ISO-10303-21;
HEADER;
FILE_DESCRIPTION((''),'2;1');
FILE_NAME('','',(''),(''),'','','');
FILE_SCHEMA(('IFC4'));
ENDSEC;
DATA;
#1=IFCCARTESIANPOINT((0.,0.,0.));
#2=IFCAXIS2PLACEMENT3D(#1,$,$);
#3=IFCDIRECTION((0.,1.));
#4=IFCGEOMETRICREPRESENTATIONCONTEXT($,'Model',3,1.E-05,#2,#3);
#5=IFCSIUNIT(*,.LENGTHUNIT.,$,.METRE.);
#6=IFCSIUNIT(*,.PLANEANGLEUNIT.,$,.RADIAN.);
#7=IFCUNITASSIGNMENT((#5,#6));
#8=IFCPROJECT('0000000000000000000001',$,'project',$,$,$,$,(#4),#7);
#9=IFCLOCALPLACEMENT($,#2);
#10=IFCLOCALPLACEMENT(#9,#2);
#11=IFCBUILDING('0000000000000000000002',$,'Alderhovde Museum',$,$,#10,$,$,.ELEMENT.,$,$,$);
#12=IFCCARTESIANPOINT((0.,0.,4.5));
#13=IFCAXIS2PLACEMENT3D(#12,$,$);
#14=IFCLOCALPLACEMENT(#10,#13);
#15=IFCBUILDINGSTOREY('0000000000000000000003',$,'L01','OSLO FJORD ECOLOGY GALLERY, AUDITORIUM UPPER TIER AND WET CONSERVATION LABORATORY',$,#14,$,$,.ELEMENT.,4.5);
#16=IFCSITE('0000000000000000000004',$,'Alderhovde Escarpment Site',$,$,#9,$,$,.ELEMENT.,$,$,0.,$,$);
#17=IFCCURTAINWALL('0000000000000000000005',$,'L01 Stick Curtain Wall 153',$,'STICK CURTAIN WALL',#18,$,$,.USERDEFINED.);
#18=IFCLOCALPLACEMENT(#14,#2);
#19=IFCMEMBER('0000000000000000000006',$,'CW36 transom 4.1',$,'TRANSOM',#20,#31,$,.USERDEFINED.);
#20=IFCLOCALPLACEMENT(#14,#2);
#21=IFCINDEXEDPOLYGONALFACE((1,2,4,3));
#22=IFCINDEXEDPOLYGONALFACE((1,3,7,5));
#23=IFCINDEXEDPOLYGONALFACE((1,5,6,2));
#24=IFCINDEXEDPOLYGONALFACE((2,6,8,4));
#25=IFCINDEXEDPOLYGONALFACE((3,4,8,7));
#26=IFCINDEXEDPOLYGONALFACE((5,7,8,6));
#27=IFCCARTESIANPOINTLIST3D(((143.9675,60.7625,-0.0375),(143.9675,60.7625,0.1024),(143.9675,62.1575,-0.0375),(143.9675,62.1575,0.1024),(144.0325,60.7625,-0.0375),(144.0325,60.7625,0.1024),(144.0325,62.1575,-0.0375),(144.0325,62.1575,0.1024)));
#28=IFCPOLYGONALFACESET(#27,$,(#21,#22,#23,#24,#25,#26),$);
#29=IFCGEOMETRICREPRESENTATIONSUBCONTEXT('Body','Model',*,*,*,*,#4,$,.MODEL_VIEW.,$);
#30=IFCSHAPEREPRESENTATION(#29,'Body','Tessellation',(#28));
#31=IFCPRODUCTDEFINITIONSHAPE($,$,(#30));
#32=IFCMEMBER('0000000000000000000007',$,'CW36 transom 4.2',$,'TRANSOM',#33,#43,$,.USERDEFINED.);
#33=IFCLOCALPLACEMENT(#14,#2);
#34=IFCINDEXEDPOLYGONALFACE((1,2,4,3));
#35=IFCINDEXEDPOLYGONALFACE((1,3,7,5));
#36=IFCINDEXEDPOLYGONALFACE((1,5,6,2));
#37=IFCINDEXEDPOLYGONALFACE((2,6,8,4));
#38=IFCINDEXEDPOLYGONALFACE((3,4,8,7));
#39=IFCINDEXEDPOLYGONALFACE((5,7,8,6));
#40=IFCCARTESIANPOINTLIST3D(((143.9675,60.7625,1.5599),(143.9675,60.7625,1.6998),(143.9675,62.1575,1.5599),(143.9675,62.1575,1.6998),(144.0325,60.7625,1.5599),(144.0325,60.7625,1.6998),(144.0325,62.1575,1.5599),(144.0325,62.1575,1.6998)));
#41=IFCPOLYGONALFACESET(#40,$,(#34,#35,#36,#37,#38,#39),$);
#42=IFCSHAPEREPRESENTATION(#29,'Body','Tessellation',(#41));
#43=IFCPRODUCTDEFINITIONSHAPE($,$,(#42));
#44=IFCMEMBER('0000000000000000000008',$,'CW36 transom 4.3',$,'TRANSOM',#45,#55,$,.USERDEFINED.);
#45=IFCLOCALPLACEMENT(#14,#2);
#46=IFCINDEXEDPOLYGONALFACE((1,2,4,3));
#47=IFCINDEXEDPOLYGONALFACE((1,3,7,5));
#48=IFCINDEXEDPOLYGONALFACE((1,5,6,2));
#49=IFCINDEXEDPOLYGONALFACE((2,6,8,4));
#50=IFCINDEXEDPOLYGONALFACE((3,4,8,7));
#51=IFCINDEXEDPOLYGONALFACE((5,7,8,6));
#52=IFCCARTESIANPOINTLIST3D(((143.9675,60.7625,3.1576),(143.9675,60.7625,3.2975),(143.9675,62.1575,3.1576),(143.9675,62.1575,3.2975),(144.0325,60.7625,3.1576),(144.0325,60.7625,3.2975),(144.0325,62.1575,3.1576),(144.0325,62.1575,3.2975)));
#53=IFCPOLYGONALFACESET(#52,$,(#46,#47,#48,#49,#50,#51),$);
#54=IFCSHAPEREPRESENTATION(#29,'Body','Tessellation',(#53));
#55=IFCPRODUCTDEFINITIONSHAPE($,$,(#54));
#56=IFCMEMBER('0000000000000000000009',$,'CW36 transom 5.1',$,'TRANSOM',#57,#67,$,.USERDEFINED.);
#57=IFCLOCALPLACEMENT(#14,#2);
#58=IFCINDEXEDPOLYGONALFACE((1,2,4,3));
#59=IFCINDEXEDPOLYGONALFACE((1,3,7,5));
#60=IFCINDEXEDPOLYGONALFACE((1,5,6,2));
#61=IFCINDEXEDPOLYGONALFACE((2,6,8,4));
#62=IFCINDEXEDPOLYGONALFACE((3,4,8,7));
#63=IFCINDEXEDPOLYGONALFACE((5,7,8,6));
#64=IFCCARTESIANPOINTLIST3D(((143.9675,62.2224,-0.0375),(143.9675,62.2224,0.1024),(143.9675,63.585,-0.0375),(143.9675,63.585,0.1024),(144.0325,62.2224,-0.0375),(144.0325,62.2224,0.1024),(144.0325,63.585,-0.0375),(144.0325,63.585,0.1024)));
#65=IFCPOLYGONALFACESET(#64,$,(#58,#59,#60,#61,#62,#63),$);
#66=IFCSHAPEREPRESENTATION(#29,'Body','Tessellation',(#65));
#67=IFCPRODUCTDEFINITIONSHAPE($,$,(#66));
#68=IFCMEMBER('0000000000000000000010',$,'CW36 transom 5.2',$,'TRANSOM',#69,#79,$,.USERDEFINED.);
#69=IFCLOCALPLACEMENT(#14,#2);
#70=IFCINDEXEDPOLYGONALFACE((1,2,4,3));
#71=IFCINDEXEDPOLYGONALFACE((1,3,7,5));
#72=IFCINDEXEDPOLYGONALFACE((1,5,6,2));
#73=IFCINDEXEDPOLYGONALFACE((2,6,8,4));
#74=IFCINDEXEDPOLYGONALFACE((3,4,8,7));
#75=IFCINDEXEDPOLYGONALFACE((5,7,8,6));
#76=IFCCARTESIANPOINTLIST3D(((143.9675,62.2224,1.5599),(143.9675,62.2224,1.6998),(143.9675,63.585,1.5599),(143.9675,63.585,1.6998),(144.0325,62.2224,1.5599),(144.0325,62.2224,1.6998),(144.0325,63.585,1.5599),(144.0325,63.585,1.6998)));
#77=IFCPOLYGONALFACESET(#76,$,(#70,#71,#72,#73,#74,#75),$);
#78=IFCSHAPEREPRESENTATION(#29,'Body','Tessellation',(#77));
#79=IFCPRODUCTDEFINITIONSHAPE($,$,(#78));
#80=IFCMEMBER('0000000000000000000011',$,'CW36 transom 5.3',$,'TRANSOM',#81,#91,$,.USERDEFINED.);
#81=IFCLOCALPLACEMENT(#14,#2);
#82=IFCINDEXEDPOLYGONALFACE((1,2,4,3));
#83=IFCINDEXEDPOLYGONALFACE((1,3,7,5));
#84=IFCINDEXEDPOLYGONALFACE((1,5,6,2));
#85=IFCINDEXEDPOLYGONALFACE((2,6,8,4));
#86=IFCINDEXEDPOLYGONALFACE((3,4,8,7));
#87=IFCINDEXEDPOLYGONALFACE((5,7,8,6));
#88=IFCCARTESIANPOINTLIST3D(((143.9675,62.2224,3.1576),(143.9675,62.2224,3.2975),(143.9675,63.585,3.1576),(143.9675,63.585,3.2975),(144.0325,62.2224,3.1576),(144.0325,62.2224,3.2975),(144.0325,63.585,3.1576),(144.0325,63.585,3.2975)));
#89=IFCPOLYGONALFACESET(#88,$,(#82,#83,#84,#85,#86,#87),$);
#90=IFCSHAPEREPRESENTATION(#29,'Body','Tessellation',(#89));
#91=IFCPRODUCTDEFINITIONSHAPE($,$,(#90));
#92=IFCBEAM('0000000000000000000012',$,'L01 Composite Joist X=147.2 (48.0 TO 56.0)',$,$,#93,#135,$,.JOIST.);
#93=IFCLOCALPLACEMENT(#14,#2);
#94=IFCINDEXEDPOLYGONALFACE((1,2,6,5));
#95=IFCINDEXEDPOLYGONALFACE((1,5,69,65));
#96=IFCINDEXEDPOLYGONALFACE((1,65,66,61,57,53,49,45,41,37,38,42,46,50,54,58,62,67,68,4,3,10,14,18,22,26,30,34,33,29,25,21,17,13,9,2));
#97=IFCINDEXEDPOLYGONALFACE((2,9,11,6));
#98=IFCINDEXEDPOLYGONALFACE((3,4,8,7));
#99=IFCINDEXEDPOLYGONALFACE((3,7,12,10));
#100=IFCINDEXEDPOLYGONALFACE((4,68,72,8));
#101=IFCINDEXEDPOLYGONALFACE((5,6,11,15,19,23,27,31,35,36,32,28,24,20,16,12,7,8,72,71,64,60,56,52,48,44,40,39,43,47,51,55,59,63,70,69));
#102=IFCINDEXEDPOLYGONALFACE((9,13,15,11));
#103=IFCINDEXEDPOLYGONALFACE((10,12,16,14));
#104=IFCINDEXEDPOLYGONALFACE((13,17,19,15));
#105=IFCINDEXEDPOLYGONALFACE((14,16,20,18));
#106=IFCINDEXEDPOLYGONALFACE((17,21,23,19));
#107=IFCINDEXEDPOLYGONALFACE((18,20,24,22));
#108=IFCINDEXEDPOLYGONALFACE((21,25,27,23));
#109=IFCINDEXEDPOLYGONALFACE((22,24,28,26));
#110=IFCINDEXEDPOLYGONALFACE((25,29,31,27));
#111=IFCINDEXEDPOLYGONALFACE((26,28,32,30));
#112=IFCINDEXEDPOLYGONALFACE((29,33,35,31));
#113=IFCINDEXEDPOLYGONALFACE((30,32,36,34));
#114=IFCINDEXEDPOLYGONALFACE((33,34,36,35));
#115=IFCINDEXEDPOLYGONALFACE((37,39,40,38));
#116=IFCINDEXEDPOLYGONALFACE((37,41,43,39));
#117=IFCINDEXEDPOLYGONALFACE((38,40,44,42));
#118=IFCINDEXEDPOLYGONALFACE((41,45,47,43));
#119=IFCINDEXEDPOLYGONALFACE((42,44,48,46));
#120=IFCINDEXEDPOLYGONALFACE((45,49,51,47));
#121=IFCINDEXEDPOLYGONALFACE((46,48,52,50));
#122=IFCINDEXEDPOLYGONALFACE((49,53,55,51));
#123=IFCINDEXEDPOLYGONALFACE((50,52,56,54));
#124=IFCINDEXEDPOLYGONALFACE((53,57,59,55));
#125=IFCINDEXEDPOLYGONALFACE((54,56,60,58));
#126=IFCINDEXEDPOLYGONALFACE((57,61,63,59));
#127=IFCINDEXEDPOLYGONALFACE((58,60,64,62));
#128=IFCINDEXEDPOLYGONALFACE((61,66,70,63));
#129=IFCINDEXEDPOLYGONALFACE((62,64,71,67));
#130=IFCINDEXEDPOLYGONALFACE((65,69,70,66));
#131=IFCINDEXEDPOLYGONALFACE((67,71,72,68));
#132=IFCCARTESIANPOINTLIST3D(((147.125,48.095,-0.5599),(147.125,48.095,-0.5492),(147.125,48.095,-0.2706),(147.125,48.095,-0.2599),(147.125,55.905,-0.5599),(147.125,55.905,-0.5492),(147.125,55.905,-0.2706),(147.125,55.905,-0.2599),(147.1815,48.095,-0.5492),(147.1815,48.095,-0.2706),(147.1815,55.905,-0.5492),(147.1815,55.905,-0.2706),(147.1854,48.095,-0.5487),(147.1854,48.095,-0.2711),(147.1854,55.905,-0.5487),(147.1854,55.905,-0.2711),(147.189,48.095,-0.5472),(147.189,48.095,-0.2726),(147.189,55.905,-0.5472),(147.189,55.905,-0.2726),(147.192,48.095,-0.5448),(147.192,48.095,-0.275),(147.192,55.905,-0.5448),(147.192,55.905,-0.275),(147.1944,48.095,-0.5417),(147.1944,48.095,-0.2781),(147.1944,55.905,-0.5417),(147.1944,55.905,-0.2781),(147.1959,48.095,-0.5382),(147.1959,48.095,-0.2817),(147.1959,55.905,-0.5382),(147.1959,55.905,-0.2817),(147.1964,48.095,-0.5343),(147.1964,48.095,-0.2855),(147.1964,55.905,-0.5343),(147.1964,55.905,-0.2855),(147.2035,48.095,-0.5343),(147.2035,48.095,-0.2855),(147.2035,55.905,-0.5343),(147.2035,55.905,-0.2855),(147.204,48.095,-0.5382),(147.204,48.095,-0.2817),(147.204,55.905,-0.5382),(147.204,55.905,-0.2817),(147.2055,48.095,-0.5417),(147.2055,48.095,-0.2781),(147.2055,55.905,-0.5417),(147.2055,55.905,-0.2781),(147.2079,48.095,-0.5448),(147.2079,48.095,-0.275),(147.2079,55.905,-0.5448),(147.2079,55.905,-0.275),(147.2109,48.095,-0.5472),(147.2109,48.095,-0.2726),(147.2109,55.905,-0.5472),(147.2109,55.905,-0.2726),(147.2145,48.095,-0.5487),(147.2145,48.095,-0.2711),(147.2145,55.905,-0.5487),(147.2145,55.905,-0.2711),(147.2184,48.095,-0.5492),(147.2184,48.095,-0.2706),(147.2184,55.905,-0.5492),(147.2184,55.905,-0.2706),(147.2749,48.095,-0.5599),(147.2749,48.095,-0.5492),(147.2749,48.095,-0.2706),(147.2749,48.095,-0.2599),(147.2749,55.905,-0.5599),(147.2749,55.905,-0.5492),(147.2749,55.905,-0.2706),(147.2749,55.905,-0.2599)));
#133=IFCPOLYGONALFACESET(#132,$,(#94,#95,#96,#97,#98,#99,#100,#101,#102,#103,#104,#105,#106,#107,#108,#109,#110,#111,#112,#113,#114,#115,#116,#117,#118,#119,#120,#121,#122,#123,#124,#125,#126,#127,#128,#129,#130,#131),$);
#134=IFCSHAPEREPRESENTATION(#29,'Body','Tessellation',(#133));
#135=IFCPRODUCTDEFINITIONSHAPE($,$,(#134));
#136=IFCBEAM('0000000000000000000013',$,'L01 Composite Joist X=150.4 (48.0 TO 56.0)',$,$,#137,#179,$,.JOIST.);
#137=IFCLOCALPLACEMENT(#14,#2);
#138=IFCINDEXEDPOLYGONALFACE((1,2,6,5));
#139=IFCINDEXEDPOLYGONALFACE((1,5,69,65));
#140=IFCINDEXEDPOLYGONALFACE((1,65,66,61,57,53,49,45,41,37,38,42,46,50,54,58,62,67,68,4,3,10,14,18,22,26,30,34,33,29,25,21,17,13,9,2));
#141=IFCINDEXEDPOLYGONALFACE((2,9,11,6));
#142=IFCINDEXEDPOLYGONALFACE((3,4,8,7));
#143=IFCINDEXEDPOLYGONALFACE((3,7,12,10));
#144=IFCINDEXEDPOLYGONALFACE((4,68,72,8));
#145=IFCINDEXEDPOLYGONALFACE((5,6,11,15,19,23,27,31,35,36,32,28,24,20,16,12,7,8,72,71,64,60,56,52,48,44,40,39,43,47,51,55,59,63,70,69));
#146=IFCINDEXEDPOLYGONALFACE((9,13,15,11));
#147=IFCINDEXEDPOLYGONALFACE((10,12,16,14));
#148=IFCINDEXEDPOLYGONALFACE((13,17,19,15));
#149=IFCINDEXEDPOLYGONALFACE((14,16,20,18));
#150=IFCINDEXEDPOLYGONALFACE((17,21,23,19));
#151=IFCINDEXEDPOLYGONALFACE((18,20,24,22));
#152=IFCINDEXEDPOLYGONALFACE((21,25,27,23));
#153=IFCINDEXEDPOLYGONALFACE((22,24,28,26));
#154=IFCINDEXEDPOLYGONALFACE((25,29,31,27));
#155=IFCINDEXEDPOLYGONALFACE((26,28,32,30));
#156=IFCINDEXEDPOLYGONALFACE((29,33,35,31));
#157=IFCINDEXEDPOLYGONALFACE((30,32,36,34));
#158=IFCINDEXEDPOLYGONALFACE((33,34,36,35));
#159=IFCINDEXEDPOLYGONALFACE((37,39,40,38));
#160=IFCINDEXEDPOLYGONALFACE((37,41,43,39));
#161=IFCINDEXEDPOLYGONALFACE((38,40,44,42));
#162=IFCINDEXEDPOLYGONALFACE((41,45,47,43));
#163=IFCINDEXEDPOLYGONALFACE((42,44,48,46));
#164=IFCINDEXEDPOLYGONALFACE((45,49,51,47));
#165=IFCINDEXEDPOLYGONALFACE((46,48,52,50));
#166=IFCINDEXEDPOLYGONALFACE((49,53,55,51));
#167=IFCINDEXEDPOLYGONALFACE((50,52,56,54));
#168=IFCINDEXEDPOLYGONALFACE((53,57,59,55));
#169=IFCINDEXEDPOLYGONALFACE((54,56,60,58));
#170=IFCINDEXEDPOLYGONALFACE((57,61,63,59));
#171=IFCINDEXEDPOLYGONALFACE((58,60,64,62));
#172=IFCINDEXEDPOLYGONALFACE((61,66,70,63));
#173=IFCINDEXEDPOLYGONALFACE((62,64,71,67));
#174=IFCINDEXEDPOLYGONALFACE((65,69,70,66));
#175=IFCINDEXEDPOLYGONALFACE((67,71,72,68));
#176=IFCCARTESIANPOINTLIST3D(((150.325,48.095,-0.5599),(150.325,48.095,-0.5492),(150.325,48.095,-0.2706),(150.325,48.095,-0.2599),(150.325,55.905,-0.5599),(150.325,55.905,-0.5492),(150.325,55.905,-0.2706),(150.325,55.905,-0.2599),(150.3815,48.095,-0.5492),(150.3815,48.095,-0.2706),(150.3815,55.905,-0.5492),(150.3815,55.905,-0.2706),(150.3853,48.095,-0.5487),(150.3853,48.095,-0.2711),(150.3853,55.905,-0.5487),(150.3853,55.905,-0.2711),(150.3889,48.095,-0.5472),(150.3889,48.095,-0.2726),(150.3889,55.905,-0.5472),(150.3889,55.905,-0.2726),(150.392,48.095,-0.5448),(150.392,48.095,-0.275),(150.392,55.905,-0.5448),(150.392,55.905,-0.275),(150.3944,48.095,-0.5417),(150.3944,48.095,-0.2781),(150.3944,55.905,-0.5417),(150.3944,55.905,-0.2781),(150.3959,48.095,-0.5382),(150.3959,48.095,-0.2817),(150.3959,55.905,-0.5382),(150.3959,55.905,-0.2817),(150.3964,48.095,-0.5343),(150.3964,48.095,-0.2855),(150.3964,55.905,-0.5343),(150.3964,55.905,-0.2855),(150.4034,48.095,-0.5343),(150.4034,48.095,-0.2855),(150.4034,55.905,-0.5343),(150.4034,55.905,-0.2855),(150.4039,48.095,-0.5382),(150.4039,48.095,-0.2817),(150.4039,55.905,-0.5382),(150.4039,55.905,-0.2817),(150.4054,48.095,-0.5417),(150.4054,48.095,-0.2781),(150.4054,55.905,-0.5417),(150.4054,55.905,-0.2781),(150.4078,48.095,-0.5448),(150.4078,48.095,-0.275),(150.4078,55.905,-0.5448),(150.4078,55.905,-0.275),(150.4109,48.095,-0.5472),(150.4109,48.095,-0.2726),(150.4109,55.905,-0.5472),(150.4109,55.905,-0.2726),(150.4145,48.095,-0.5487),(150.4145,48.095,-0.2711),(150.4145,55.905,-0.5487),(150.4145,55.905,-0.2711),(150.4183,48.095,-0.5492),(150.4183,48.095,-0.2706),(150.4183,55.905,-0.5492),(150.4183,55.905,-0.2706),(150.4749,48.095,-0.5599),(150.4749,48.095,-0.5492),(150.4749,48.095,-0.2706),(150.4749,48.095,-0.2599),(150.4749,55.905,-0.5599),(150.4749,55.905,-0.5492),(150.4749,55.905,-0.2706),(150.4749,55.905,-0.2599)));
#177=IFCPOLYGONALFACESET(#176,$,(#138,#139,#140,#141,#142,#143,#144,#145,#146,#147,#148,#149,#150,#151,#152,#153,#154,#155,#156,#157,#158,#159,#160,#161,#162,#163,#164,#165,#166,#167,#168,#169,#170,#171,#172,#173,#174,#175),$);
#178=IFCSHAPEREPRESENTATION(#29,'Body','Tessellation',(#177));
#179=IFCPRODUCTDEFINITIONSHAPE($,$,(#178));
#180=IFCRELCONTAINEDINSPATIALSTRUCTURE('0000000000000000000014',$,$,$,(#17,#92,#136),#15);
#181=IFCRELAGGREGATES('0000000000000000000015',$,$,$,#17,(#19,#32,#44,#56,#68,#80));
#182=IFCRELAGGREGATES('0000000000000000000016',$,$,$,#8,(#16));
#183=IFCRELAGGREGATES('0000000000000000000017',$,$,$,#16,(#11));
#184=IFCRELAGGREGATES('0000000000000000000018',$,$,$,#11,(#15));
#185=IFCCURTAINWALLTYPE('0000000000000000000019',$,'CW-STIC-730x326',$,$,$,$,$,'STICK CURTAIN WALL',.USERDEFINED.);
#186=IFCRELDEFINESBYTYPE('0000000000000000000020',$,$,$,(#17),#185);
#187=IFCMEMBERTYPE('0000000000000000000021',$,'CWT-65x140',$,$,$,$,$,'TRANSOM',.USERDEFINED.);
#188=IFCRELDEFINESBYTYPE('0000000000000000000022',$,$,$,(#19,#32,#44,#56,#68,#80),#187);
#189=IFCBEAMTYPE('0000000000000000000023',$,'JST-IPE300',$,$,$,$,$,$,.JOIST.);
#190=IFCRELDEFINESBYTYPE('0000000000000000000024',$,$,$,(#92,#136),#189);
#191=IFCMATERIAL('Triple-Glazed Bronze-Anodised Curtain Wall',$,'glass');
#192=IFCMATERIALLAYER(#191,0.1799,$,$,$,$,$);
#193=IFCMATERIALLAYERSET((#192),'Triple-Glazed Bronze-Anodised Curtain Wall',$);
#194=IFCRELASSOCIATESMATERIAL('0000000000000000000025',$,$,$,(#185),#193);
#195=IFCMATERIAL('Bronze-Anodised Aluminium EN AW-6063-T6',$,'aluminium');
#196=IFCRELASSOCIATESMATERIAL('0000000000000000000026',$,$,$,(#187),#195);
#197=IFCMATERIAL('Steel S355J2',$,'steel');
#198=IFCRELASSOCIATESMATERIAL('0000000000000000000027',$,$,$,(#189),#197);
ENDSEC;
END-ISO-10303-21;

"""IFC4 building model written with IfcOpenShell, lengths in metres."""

from ifc_helpers import new_model, si_unit, direction, frame, origin, origin_2d, place, context, subcontext, project, spatial, rectangle, i_section, extrude, material, layer, layer_set, material_profile, profile_set, type_object, element, aggregate, save


model = new_model("IFC4")

# Units and contexts
model_context = context("Model", 3, precision=1e-05, world=origin(), true_north=direction((0.0, 1.0)))
body_context = subcontext(model_context, "Body", "Model", "MODEL_VIEW")
ifc_project = project(units=[si_unit("LENGTHUNIT", "METRE"), si_unit("PLANEANGLEUNIT", "RADIAN")], contexts=[model_context])

# Site, building, storey
site_placement = place(None, origin())
site = spatial("IfcSite", under=ifc_project, at=site_placement, Name="Alderhovde Escarpment Site", CompositionType="ELEMENT", RefElevation=0.0)
building_placement = place(site_placement, origin())
building = spatial("IfcBuilding", under=site, at=building_placement, Name="Alderhovde Museum", CompositionType="ELEMENT")
storey_placement = place(building_placement, frame((0.0, 0.0, 4.5)))
storey = spatial("IfcBuildingStorey", under=building, at=storey_placement, Name="L01", Description="OSLO FJORD ECOLOGY GALLERY, AUDITORIUM UPPER TIER AND WET CONSERVATION LABORATORY", CompositionType="ELEMENT", Elevation=4.5)

# Curtain wall, members
ifc_material_1 = material(Name="Triple-Glazed Bronze-Anodised Curtain Wall", Category="glass")
ifc_layer_1 = layer(ifc_material_1, 0.1799)
ifc_layer_set_1 = layer_set([ifc_layer_1], Name="Triple-Glazed Bronze-Anodised Curtain Wall")
curtain_wall_type = type_object("IfcCurtainWallType", Name="CW-STIC-730x326", ElementType="STICK CURTAIN WALL", PredefinedType="USERDEFINED", material=ifc_layer_set_1)
curtain_wall_placement = place(storey_placement, origin())
curtain_wall = element("IfcCurtainWall", 1, at=curtain_wall_placement, inside=storey, type_object=curtain_wall_type, Name="L01 Stick Curtain Wall 153", ObjectType="STICK CURTAIN WALL", PredefinedType="USERDEFINED")
ifc_material_2 = material(Name="Bronze-Anodised Aluminium EN AW-6063-T6", Category="aluminium")
ifc_material_profile_1 = material_profile(ifc_material_2, rectangle(XDim=0.0649, YDim=0.1399, at=origin_2d()), Name="TRANSOM 65x140")
ifc_profile_set_1 = profile_set([ifc_material_profile_1], Name="Bronze-Anodised Aluminium EN AW-6063-T6")
member_type_1 = type_object("IfcMemberType", Name="CWT-65x140", ElementType="TRANSOM", PredefinedType="USERDEFINED", material=ifc_profile_set_1)
member_1_placement = place(storey_placement, frame((144.0, 60.7625, 0.0325), z_axis=(0.0, 1.0, 0.0), x_axis=(-1.0, 0.0, 0.0)))
member_1 = element("IfcMember", 2, at=member_1_placement, type_object=member_type_1, Name="CW36 transom 4.1", ObjectType="TRANSOM", PredefinedType="USERDEFINED", context=body_context, shape_type="SweptSolid", body=[
    extrude(rectangle(XDim=0.0649, YDim=0.1399, at=origin_2d()), origin(), (0.0, 0.0, 1.0), 1.395),
])
member_2_placement = place(storey_placement, frame((144.0, 60.7625, 1.6299), z_axis=(0.0, 1.0, 0.0), x_axis=(-1.0, 0.0, 0.0)))
member_2 = element("IfcMember", 3, at=member_2_placement, type_object=member_type_1, Name="CW36 transom 4.2", ObjectType="TRANSOM", PredefinedType="USERDEFINED", context=body_context, shape_type="SweptSolid", body=[
    extrude(rectangle(XDim=0.0649, YDim=0.1399, at=origin_2d()), origin(), (0.0, 0.0, 1.0), 1.395),
])
member_3_placement = place(storey_placement, frame((144.0, 60.7625, 3.2275), z_axis=(0.0, 1.0, 0.0), x_axis=(-1.0, 0.0, 0.0)))
member_3 = element("IfcMember", 4, at=member_3_placement, type_object=member_type_1, Name="CW36 transom 4.3", ObjectType="TRANSOM", PredefinedType="USERDEFINED", context=body_context, shape_type="SweptSolid", body=[
    extrude(rectangle(XDim=0.0649, YDim=0.1399, at=origin_2d()), origin(), (0.0, 0.0, 1.0), 1.395),
])
member_4_placement = place(storey_placement, frame((144.0, 62.2224, 0.0325), z_axis=(0.0, 1.0, 0.0), x_axis=(-1.0, 0.0, 0.0)))
member_4 = element("IfcMember", 5, at=member_4_placement, type_object=member_type_1, Name="CW36 transom 5.1", ObjectType="TRANSOM", PredefinedType="USERDEFINED", context=body_context, shape_type="SweptSolid", body=[
    extrude(rectangle(XDim=0.0649, YDim=0.1399, at=origin_2d()), origin(), (0.0, 0.0, 1.0), 1.3625),
])
member_5_placement = place(storey_placement, frame((144.0, 62.2224, 1.6299), z_axis=(0.0, 1.0, 0.0), x_axis=(-1.0, 0.0, 0.0)))
member_5 = element("IfcMember", 6, at=member_5_placement, type_object=member_type_1, Name="CW36 transom 5.2", ObjectType="TRANSOM", PredefinedType="USERDEFINED", context=body_context, shape_type="SweptSolid", body=[
    extrude(rectangle(XDim=0.0649, YDim=0.1399, at=origin_2d()), origin(), (0.0, 0.0, 1.0), 1.3625),
])
member_6_placement = place(storey_placement, frame((144.0, 62.2224, 3.2275), z_axis=(0.0, 1.0, 0.0), x_axis=(-1.0, 0.0, 0.0)))
member_6 = element("IfcMember", 7, at=member_6_placement, type_object=member_type_1, Name="CW36 transom 5.3", ObjectType="TRANSOM", PredefinedType="USERDEFINED", context=body_context, shape_type="SweptSolid", body=[
    extrude(rectangle(XDim=0.0649, YDim=0.1399, at=origin_2d()), origin(), (0.0, 0.0, 1.0), 1.3625),
])

# Beams
ifc_material_3 = material(Name="Steel S355J2", Category="steel")
ifc_material_profile_2 = material_profile(ifc_material_3, i_section(OverallWidth=0.1499, OverallDepth=0.3, WebThickness=0.0071, FlangeThickness=0.0107, FilletRadius=0.0149, at=origin_2d()), Name="IPE 300")
ifc_profile_set_2 = profile_set([ifc_material_profile_2], Name="Steel S355J2")
beam_type_1 = type_object("IfcBeamType", Name="JST-IPE300", PredefinedType="JOIST", material=ifc_profile_set_2)
for number, where, z_axis, x_axis, name in (
    (8, (147.2, 48.095, -0.4099), (0.0, 1.0, 0.0), (-1.0, 0.0, 0.0), "L01 Composite Joist X=147.2 (48.0 TO 56.0)"),
    (9, (150.3999, 48.095, -0.4099), (0.0, 1.0, 0.0), (-1.0, 0.0, 0.0), "L01 Composite Joist X=150.4 (48.0 TO 56.0)"),
):
    element("IfcBeam", number, at=place(storey_placement, frame(where, z_axis=z_axis, x_axis=x_axis)), inside=storey, type_object=beam_type_1, Name=name, PredefinedType="JOIST", context=body_context, shape_type="SweptSolid", body=[
        extrude(i_section(OverallWidth=0.1499, OverallDepth=0.3, WebThickness=0.0071, FlangeThickness=0.0107, FilletRadius=0.0149, at=origin_2d()), origin(), (0.0, 0.0, 1.0), 7.8101),
    ])

aggregate(curtain_wall, [member_1, member_2, member_3, member_4, member_5, member_6])

save(model, "model.ifc")
